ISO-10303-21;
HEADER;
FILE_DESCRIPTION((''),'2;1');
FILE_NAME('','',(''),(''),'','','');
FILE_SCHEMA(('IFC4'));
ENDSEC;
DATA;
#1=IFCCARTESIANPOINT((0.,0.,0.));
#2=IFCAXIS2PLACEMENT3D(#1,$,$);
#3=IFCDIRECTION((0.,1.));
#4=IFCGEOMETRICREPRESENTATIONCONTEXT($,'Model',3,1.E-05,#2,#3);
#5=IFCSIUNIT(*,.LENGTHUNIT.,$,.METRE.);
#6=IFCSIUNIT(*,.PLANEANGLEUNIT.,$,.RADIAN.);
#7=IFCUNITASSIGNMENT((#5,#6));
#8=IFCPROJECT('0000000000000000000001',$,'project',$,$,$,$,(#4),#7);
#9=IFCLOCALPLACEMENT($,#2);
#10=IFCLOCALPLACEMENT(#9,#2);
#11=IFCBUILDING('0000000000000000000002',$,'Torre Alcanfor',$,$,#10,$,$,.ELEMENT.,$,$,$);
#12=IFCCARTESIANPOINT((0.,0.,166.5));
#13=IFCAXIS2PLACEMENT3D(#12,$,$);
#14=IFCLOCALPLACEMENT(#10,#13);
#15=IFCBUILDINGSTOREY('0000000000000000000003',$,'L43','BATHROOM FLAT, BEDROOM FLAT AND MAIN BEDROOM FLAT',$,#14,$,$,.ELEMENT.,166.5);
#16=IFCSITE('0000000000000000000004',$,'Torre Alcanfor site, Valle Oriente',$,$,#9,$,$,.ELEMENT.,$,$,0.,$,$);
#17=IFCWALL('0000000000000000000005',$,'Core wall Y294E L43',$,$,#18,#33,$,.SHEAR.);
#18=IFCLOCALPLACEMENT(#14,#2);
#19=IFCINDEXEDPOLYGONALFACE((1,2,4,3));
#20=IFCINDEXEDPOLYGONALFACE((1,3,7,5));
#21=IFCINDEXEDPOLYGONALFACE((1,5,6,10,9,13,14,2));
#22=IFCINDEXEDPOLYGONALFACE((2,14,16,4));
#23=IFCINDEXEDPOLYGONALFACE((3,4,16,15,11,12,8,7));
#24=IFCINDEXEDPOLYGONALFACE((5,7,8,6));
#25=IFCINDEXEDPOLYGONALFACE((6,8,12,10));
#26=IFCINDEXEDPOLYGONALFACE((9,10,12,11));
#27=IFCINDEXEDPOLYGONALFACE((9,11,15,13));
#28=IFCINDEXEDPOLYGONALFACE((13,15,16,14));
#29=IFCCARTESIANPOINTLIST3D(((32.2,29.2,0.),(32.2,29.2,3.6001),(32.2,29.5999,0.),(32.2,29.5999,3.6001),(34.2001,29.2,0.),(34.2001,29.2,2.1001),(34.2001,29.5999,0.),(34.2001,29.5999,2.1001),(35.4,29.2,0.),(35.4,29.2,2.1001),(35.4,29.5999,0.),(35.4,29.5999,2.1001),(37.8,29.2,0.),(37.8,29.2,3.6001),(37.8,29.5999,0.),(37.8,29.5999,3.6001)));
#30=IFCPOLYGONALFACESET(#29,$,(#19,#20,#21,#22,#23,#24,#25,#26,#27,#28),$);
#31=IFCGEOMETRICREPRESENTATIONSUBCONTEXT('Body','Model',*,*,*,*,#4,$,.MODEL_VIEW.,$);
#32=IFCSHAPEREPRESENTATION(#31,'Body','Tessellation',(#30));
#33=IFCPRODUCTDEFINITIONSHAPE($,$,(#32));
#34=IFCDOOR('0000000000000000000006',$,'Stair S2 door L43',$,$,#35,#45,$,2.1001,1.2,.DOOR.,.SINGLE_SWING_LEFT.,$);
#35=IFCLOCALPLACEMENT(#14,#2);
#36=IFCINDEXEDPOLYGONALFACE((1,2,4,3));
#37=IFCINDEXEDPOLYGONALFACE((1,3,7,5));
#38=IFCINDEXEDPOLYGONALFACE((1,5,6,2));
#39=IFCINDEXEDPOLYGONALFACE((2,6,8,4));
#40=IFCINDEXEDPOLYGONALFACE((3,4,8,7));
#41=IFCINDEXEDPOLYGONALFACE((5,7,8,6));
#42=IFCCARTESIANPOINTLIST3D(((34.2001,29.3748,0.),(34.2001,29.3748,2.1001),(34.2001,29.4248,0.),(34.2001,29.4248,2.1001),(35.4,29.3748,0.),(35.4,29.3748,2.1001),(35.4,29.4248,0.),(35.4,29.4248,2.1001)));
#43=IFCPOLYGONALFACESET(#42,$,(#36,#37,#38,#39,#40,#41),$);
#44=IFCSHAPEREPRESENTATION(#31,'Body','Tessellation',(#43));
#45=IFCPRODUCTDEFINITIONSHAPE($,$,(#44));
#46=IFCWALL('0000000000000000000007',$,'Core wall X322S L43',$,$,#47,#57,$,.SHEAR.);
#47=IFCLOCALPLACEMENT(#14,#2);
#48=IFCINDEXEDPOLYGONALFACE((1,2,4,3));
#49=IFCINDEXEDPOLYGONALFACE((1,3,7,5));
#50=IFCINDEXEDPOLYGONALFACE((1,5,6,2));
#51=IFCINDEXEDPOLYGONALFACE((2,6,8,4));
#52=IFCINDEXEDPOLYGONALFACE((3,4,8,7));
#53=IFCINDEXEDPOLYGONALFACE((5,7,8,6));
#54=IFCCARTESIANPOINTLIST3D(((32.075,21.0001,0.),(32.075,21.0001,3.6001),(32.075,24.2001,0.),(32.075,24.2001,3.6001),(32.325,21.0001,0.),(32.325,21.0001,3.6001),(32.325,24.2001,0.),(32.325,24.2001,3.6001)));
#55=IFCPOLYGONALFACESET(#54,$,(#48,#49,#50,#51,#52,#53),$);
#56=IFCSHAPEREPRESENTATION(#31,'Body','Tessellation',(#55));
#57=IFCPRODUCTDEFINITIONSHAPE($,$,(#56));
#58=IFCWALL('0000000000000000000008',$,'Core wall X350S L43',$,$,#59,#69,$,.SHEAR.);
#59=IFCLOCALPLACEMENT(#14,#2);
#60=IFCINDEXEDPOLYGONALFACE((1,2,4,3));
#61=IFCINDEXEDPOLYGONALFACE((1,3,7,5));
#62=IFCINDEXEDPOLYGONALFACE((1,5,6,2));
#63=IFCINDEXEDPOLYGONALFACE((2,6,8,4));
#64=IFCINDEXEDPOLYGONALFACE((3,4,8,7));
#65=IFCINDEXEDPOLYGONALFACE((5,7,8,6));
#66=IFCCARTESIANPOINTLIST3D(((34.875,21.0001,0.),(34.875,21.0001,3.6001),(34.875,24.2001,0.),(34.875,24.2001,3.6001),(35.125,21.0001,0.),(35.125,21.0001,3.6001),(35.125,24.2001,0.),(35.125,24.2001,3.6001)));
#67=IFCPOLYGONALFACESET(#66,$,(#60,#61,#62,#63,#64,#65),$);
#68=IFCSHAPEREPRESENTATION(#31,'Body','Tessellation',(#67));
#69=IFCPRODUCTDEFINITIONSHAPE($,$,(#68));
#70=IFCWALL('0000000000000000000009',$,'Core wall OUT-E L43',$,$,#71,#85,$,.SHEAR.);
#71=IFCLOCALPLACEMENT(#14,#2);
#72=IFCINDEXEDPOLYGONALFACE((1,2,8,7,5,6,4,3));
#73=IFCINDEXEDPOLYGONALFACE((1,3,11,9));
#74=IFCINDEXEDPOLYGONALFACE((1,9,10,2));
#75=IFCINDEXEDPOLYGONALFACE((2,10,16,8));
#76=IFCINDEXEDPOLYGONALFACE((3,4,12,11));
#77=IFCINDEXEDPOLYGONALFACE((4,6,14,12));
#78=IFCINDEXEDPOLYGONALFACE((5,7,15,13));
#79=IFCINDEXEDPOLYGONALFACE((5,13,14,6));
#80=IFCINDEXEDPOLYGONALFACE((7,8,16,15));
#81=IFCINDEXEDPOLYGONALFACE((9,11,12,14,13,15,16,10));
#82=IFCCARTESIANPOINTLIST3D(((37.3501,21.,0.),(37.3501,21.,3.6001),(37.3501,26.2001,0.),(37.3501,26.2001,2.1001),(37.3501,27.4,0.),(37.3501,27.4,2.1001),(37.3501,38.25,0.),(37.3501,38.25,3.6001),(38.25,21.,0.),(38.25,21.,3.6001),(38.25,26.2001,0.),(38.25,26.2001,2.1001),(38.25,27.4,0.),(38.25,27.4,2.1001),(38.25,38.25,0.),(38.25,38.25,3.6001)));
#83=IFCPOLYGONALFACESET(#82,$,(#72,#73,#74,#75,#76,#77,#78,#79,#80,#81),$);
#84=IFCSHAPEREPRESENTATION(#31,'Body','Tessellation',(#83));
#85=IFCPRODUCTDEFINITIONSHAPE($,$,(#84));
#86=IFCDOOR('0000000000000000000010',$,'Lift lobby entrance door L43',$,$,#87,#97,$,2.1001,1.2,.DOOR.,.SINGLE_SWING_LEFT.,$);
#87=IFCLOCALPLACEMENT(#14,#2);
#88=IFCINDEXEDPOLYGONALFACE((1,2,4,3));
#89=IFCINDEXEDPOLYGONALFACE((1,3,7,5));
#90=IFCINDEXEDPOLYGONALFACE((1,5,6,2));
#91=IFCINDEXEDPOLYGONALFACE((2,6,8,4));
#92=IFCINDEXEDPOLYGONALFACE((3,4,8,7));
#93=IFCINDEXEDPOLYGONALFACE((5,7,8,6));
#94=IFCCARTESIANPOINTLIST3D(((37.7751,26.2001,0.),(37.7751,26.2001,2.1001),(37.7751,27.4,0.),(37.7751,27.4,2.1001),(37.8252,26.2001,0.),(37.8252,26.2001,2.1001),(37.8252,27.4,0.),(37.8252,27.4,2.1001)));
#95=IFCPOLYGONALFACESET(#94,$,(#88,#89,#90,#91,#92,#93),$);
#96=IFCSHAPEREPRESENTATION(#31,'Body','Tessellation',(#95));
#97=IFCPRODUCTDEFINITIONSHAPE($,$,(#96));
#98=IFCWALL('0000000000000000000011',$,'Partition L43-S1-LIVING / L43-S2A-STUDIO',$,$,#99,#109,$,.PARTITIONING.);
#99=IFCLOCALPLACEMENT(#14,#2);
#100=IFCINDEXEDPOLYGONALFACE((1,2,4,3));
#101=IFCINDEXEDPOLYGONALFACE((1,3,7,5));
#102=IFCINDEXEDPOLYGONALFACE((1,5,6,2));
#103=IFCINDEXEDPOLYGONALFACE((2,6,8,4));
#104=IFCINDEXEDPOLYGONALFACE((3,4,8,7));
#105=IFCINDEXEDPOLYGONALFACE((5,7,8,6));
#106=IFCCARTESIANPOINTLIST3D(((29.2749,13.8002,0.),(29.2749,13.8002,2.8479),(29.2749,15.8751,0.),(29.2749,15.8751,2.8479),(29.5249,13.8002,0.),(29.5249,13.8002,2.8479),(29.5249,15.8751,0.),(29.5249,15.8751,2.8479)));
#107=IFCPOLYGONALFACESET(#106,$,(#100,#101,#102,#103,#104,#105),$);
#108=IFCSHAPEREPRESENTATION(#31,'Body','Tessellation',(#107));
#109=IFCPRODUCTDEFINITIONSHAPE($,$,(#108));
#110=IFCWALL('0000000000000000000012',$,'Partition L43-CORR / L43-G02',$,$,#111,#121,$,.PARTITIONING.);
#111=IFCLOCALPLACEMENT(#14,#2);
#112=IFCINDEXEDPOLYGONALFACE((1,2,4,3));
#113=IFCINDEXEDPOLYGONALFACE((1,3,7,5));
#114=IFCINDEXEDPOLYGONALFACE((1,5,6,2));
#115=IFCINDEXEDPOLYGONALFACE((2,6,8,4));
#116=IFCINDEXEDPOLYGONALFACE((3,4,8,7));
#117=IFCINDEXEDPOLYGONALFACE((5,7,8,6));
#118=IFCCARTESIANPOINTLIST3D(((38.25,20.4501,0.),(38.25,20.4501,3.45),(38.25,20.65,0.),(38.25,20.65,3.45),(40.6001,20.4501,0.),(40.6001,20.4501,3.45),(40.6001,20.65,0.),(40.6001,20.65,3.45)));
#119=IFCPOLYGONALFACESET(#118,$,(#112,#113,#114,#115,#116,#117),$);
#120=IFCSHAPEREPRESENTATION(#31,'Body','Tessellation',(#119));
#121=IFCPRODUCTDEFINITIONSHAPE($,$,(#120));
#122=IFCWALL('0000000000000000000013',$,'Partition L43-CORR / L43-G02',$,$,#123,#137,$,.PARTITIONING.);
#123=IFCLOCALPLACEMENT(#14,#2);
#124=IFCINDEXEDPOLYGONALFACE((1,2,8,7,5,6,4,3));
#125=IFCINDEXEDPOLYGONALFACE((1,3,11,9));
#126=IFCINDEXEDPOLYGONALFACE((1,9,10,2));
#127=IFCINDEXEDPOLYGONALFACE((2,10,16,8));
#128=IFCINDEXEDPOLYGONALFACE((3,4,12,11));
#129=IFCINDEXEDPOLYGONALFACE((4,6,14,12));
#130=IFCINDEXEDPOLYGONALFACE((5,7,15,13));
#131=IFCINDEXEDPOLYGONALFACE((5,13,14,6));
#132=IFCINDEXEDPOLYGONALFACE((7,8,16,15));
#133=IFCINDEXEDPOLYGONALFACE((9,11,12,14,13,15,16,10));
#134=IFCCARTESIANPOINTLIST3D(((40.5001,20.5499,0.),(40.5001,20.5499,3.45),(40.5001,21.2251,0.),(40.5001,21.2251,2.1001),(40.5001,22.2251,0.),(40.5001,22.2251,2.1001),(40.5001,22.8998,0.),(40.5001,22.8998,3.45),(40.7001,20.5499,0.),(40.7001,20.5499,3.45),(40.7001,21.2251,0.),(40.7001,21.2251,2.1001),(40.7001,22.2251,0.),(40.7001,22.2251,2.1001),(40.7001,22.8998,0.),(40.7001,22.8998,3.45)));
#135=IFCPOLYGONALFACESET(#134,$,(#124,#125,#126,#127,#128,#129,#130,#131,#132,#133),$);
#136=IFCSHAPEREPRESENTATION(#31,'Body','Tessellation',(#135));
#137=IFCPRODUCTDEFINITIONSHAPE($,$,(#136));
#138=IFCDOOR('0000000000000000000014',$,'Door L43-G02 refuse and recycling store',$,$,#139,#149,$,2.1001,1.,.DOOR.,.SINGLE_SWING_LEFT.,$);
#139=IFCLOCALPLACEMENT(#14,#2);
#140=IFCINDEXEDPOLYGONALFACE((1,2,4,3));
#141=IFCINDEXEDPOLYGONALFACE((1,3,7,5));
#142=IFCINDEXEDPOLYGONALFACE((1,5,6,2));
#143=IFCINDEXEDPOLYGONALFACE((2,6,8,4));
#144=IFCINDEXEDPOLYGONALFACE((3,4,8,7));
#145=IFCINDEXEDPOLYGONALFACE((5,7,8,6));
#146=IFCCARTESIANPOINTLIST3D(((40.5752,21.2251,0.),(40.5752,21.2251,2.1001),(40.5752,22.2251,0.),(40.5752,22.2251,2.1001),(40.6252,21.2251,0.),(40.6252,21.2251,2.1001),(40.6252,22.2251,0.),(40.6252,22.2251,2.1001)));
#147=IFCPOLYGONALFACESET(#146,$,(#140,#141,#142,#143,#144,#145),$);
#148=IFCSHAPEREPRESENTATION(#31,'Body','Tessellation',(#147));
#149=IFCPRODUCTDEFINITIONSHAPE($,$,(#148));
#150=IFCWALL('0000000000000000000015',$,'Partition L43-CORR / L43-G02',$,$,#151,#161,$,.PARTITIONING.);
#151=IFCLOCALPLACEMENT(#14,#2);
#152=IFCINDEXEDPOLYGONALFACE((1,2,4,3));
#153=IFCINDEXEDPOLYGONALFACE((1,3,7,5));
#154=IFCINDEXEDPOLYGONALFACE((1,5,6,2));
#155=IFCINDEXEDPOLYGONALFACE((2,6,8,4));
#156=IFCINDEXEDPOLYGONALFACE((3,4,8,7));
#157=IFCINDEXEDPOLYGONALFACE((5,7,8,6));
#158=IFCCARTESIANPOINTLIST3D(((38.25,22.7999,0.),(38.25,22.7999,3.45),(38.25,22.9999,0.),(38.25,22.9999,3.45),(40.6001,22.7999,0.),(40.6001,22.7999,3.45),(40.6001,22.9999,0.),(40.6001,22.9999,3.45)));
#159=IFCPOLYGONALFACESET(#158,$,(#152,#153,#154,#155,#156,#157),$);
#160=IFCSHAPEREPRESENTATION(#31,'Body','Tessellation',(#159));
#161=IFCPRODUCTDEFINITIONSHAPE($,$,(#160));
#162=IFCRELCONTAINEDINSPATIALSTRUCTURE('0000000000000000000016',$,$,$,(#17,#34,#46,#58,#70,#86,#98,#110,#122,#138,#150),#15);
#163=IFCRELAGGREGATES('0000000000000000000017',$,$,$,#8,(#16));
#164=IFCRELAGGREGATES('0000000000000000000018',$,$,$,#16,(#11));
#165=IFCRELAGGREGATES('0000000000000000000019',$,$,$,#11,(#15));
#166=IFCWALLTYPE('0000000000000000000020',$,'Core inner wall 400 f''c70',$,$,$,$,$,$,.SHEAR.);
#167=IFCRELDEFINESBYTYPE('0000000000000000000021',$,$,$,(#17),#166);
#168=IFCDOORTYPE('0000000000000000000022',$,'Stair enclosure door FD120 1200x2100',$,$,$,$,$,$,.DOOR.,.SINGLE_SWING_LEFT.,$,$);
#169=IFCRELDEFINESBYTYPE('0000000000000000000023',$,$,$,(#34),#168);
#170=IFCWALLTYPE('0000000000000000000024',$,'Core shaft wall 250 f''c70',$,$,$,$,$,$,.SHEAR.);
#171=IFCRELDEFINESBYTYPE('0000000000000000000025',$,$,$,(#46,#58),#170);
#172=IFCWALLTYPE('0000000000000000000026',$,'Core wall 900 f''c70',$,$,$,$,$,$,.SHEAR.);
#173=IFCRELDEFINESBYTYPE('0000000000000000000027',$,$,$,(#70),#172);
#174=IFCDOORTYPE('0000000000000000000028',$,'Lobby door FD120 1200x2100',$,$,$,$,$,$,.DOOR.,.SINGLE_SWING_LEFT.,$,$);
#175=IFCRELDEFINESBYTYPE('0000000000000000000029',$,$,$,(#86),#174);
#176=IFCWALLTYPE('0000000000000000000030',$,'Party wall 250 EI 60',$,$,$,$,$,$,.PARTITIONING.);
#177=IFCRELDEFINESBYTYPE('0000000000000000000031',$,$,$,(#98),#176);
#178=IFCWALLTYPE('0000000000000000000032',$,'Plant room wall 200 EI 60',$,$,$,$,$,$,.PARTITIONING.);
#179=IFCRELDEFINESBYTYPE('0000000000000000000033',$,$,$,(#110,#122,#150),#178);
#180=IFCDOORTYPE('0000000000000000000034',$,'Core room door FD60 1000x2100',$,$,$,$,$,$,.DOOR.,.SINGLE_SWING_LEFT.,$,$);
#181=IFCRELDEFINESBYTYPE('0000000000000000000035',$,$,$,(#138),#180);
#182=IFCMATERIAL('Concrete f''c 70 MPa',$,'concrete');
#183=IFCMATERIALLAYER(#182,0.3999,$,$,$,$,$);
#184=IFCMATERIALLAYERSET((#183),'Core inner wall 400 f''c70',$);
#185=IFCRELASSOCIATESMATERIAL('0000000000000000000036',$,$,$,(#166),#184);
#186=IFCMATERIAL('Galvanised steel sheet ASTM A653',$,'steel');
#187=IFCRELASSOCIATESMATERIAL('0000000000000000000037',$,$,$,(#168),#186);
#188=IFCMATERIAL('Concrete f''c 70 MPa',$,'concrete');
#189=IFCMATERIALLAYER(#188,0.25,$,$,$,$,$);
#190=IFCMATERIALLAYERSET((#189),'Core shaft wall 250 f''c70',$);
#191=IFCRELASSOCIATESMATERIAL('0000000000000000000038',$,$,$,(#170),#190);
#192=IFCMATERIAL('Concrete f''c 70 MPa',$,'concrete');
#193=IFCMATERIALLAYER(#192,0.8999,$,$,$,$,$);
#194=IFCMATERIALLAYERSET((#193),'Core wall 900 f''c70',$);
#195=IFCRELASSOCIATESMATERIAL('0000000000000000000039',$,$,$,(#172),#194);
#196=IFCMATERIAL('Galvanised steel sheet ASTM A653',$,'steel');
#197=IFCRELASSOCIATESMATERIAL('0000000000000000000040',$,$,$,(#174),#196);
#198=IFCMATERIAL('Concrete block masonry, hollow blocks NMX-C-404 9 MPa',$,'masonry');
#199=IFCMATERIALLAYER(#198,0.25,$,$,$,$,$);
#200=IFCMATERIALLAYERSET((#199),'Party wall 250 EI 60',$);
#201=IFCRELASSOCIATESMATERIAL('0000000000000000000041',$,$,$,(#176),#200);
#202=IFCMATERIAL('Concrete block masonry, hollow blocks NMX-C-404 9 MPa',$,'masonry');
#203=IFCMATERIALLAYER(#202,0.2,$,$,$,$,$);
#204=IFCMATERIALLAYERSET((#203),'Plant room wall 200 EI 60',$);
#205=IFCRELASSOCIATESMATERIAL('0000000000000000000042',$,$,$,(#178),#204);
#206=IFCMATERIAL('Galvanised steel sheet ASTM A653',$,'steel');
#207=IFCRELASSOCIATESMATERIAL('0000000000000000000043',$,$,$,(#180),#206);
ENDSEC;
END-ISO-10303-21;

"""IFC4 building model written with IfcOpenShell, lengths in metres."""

from ifc_helpers import new_model, si_unit, direction, frame, frame_2d, origin, place, context, subcontext, project, spatial, rectangle, extrude, material, layer, layer_set, type_object, element, fill, save


model = new_model("IFC4")

# Units and contexts
model_context = context("Model", 3, precision=1e-05, world=origin(), true_north=direction((0.0, 1.0)))
body_context = subcontext(model_context, "Body", "Model", "MODEL_VIEW")
ifc_project = project(units=[si_unit("LENGTHUNIT", "METRE"), si_unit("PLANEANGLEUNIT", "RADIAN")], contexts=[model_context])

# Site, building, storey
site_placement = place(None, origin())
site = spatial("IfcSite", under=ifc_project, at=site_placement, Name="Torre Alcanfor site, Valle Oriente", CompositionType="ELEMENT", RefElevation=0.0)
building_placement = place(site_placement, origin())
building = spatial("IfcBuilding", under=site, at=building_placement, Name="Torre Alcanfor", CompositionType="ELEMENT")
storey_placement = place(building_placement, frame((0.0, 0.0, 166.5)))
storey = spatial("IfcBuildingStorey", under=building, at=storey_placement, Name="L43", Description="BATHROOM FLAT, BEDROOM FLAT AND MAIN BEDROOM FLAT", CompositionType="ELEMENT", Elevation=166.5)

# Shared definitions
ifc_material_1 = material(Name="Concrete f'c 70 MPa", Category="concrete")
ifc_layer_1 = layer(ifc_material_1, 0.3999)
ifc_layer_set_1 = layer_set([ifc_layer_1], Name="Core inner wall 400 f'c70")
wall_type_1 = type_object("IfcWallType", Name="Core inner wall 400 f'c70", PredefinedType="SHEAR", material=ifc_layer_set_1)

# Wall, opening, door
wall_1_placement = place(storey_placement, frame((32.2, 29.3999, 0.0), z_axis=(0.0, 0.0, 1.0), x_axis=(1.0, 0.0, 0.0)))
wall_1 = element("IfcWall", 1, at=wall_1_placement, inside=storey, type_object=wall_type_1, Name="Core wall Y294E L43", PredefinedType="SHEAR", context=body_context, shape_type="SweptSolid", body=[
    extrude(rectangle(XDim=5.6001, YDim=0.3999, at=frame_2d((2.8, 0.0))), origin(), (0.0, 0.0, 1.0), 3.6001),
])
opening_1_placement = place(wall_1_placement, frame((2.0, 0.0, 0.0)))
opening_1 = element("IfcOpeningElement", 2, at=opening_1_placement, cuts=wall_1, PredefinedType="OPENING", context=body_context, shape_type="SweptSolid", body=[
    extrude(rectangle(XDim=1.2, YDim=2.1001, at=frame_2d((0.6001, 1.05))), frame((0.0, 0.21, 0.0), z_axis=(0.0, -1.0, 0.0), x_axis=(1.0, 0.0, 0.0)), (0.0, 0.0, 1.0), 0.4199),
])
ifc_material_2 = material(Name="Galvanised steel sheet ASTM A653", Category="steel")
door_type_1 = type_object("IfcDoorType", Name="Stair enclosure door FD120 1200x2100", OperationType="SINGLE_SWING_LEFT", PredefinedType="DOOR", material=ifc_material_2)
door_1_placement = place(opening_1_placement, origin())
door_1 = element("IfcDoor", 3, at=door_1_placement, inside=storey, type_object=door_type_1, Name="Stair S2 door L43", OperationType="SINGLE_SWING_LEFT", OverallHeight=2.1001, OverallWidth=1.2, PredefinedType="DOOR", context=body_context, shape_type="SweptSolid", body=[
    extrude(rectangle(XDim=1.2, YDim=2.1001, at=frame_2d((0.6001, 1.05))), frame((0.0, 0.0249, 0.0), z_axis=(0.0, -1.0, 0.0), x_axis=(1.0, 0.0, 0.0)), (0.0, 0.0, 1.0), 0.05),
])
fill(opening_1, door_1)

# Walls
ifc_material_3 = material(Name="Concrete f'c 70 MPa", Category="concrete")
ifc_layer_2 = layer(ifc_material_3, 0.25)
ifc_layer_set_2 = layer_set([ifc_layer_2], Name="Core shaft wall 250 f'c70")
wall_type_2 = type_object("IfcWallType", Name="Core shaft wall 250 f'c70", PredefinedType="SHEAR", material=ifc_layer_set_2)
for number, where, z_axis, x_axis, name in (
    (4, (32.2, 21.0, 0.0), (0.0, 0.0, 1.0), (0.0, 1.0, 0.0), "Core wall X322S L43"),
    (5, (35.0, 21.0, 0.0), (0.0, 0.0, 1.0), (0.0, 1.0, 0.0), "Core wall X350S L43"),
):
    element("IfcWall", number, at=place(storey_placement, frame(where, z_axis=z_axis, x_axis=x_axis)), inside=storey, type_object=wall_type_2, Name=name, PredefinedType="SHEAR", context=body_context, shape_type="SweptSolid", body=[
        extrude(rectangle(XDim=3.2, YDim=0.25, at=frame_2d((1.6001, 0.0))), origin(), (0.0, 0.0, 1.0), 3.6001),
    ])

# Wall, opening, door
ifc_material_4 = material(Name="Concrete f'c 70 MPa", Category="concrete")
ifc_layer_3 = layer(ifc_material_4, 0.8999)
ifc_layer_set_3 = layer_set([ifc_layer_3], Name="Core wall 900 f'c70")
wall_type_3 = type_object("IfcWallType", Name="Core wall 900 f'c70", PredefinedType="SHEAR", material=ifc_layer_set_3)
wall_2_placement = place(storey_placement, frame((37.8, 21.0, 0.0), z_axis=(0.0, 0.0, 1.0), x_axis=(0.0, 1.0, 0.0)))
wall_2 = element("IfcWall", 6, at=wall_2_placement, inside=storey, type_object=wall_type_3, Name="Core wall OUT-E L43", PredefinedType="SHEAR", context=body_context, shape_type="SweptSolid", body=[
    extrude(rectangle(XDim=17.25, YDim=0.8999, at=frame_2d((8.625, 0.0))), origin(), (0.0, 0.0, 1.0), 3.6001),
])
opening_2_placement = place(wall_2_placement, frame((5.2, 0.0, 0.0)))
opening_2 = element("IfcOpeningElement", 7, at=opening_2_placement, cuts=wall_2, PredefinedType="OPENING", context=body_context, shape_type="SweptSolid", body=[
    extrude(rectangle(XDim=1.2, YDim=2.1001, at=frame_2d((0.6001, 1.05))), frame((0.0, 0.46, 0.0), z_axis=(0.0, -1.0, 0.0), x_axis=(1.0, 0.0, 0.0)), (0.0, 0.0, 1.0), 0.9199),
])
ifc_material_5 = material(Name="Galvanised steel sheet ASTM A653", Category="steel")
door_type_2 = type_object("IfcDoorType", Name="Lobby door FD120 1200x2100", OperationType="SINGLE_SWING_LEFT", PredefinedType="DOOR", material=ifc_material_5)
door_2_placement = place(opening_2_placement, origin())
door_2 = element("IfcDoor", 8, at=door_2_placement, inside=storey, type_object=door_type_2, Name="Lift lobby entrance door L43", OperationType="SINGLE_SWING_LEFT", OverallHeight=2.1001, OverallWidth=1.2, PredefinedType="DOOR", context=body_context, shape_type="SweptSolid", body=[
    extrude(rectangle(XDim=1.2, YDim=2.1001, at=frame_2d((0.6001, 1.05))), frame((0.0, 0.0249, 0.0), z_axis=(0.0, -1.0, 0.0), x_axis=(1.0, 0.0, 0.0)), (0.0, 0.0, 1.0), 0.05),
])
fill(opening_2, door_2)

# Walls
ifc_material_6 = material(Name="Concrete block masonry, hollow blocks NMX-C-404 9 MPa", Category="masonry")
ifc_layer_4 = layer(ifc_material_6, 0.25)
ifc_layer_set_4 = layer_set([ifc_layer_4], Name="Party wall 250 EI 60")
wall_type_4 = type_object("IfcWallType", Name="Party wall 250 EI 60", PredefinedType="PARTITIONING", material=ifc_layer_set_4)
wall_3_placement = place(storey_placement, frame((29.3999, 13.8, 0.0), z_axis=(0.0, 0.0, 1.0), x_axis=(0.0, 1.0, 0.0)))
element("IfcWall", 9, at=wall_3_placement, inside=storey, type_object=wall_type_4, Name="Partition L43-S1-LIVING / L43-S2A-STUDIO", PredefinedType="PARTITIONING", context=body_context, shape_type="SweptSolid", body=[
    extrude(rectangle(XDim=2.075, YDim=0.25, at=frame_2d((1.0376, 0.0))), origin(), (0.0, 0.0, 1.0), 2.8479),
])
ifc_material_7 = material(Name="Concrete block masonry, hollow blocks NMX-C-404 9 MPa", Category="masonry")
ifc_layer_5 = layer(ifc_material_7, 0.2)
ifc_layer_set_5 = layer_set([ifc_layer_5], Name="Plant room wall 200 EI 60")
wall_type_5 = type_object("IfcWallType", Name="Plant room wall 200 EI 60", PredefinedType="PARTITIONING", material=ifc_layer_set_5)
wall_4_placement = place(storey_placement, frame((38.25, 20.55, 0.0), z_axis=(0.0, 0.0, 1.0), x_axis=(1.0, 0.0, 0.0)))
element("IfcWall", 10, at=wall_4_placement, inside=storey, type_object=wall_type_5, Name="Partition L43-CORR / L43-G02", PredefinedType="PARTITIONING", context=body_context, shape_type="SweptSolid", body=[
    extrude(rectangle(XDim=2.3501, YDim=0.2, at=frame_2d((1.175, 0.0))), origin(), (0.0, 0.0, 1.0), 3.45),
])

# Wall, opening, door
wall_5_placement = place(storey_placement, frame((40.6001, 20.55, 0.0), z_axis=(0.0, 0.0, 1.0), x_axis=(0.0, 1.0, 0.0)))
wall_5 = element("IfcWall", 11, at=wall_5_placement, inside=storey, type_object=wall_type_5, Name="Partition L43-CORR / L43-G02", PredefinedType="PARTITIONING", context=body_context, shape_type="SweptSolid", body=[
    extrude(rectangle(XDim=2.3499, YDim=0.2, at=frame_2d((1.1748, 0.0))), origin(), (0.0, 0.0, 1.0), 3.45),
])
opening_3_placement = place(wall_5_placement, frame((0.675, 0.0, 0.0)))
opening_3 = element("IfcOpeningElement", 12, at=opening_3_placement, cuts=wall_5, PredefinedType="OPENING", context=body_context, shape_type="SweptSolid", body=[
    extrude(rectangle(XDim=1.0, YDim=2.1001, at=frame_2d((0.5, 1.05))), frame((0.0, 0.1099, 0.0), z_axis=(0.0, -1.0, 0.0), x_axis=(1.0, 0.0, 0.0)), (0.0, 0.0, 1.0), 0.22),
])
ifc_material_8 = material(Name="Galvanised steel sheet ASTM A653", Category="steel")
door_type_3 = type_object("IfcDoorType", Name="Core room door FD60 1000x2100", OperationType="SINGLE_SWING_LEFT", PredefinedType="DOOR", material=ifc_material_8)
door_3_placement = place(opening_3_placement, origin())
door_3 = element("IfcDoor", 13, at=door_3_placement, inside=storey, type_object=door_type_3, Name="Door L43-G02 refuse and recycling store", OperationType="SINGLE_SWING_LEFT", OverallHeight=2.1001, OverallWidth=1.0, PredefinedType="DOOR", context=body_context, shape_type="SweptSolid", body=[
    extrude(rectangle(XDim=1.0, YDim=2.1001, at=frame_2d((0.5, 1.05))), frame((0.0, 0.0249, 0.0), z_axis=(0.0, -1.0, 0.0), x_axis=(1.0, 0.0, 0.0)), (0.0, 0.0, 1.0), 0.05),
])
fill(opening_3, door_3)

# Wall
wall_6_placement = place(storey_placement, frame((40.6001, 22.8999, 0.0), z_axis=(0.0, 0.0, 1.0), x_axis=(-1.0, 0.0, 0.0)))
element("IfcWall", 14, at=wall_6_placement, inside=storey, type_object=wall_type_5, Name="Partition L43-CORR / L43-G02", PredefinedType="PARTITIONING", context=body_context, shape_type="SweptSolid", body=[
    extrude(rectangle(XDim=2.3501, YDim=0.2, at=frame_2d((1.175, 0.0))), origin(), (0.0, 0.0, 1.0), 3.45),
])

save(model, "model.ifc")
